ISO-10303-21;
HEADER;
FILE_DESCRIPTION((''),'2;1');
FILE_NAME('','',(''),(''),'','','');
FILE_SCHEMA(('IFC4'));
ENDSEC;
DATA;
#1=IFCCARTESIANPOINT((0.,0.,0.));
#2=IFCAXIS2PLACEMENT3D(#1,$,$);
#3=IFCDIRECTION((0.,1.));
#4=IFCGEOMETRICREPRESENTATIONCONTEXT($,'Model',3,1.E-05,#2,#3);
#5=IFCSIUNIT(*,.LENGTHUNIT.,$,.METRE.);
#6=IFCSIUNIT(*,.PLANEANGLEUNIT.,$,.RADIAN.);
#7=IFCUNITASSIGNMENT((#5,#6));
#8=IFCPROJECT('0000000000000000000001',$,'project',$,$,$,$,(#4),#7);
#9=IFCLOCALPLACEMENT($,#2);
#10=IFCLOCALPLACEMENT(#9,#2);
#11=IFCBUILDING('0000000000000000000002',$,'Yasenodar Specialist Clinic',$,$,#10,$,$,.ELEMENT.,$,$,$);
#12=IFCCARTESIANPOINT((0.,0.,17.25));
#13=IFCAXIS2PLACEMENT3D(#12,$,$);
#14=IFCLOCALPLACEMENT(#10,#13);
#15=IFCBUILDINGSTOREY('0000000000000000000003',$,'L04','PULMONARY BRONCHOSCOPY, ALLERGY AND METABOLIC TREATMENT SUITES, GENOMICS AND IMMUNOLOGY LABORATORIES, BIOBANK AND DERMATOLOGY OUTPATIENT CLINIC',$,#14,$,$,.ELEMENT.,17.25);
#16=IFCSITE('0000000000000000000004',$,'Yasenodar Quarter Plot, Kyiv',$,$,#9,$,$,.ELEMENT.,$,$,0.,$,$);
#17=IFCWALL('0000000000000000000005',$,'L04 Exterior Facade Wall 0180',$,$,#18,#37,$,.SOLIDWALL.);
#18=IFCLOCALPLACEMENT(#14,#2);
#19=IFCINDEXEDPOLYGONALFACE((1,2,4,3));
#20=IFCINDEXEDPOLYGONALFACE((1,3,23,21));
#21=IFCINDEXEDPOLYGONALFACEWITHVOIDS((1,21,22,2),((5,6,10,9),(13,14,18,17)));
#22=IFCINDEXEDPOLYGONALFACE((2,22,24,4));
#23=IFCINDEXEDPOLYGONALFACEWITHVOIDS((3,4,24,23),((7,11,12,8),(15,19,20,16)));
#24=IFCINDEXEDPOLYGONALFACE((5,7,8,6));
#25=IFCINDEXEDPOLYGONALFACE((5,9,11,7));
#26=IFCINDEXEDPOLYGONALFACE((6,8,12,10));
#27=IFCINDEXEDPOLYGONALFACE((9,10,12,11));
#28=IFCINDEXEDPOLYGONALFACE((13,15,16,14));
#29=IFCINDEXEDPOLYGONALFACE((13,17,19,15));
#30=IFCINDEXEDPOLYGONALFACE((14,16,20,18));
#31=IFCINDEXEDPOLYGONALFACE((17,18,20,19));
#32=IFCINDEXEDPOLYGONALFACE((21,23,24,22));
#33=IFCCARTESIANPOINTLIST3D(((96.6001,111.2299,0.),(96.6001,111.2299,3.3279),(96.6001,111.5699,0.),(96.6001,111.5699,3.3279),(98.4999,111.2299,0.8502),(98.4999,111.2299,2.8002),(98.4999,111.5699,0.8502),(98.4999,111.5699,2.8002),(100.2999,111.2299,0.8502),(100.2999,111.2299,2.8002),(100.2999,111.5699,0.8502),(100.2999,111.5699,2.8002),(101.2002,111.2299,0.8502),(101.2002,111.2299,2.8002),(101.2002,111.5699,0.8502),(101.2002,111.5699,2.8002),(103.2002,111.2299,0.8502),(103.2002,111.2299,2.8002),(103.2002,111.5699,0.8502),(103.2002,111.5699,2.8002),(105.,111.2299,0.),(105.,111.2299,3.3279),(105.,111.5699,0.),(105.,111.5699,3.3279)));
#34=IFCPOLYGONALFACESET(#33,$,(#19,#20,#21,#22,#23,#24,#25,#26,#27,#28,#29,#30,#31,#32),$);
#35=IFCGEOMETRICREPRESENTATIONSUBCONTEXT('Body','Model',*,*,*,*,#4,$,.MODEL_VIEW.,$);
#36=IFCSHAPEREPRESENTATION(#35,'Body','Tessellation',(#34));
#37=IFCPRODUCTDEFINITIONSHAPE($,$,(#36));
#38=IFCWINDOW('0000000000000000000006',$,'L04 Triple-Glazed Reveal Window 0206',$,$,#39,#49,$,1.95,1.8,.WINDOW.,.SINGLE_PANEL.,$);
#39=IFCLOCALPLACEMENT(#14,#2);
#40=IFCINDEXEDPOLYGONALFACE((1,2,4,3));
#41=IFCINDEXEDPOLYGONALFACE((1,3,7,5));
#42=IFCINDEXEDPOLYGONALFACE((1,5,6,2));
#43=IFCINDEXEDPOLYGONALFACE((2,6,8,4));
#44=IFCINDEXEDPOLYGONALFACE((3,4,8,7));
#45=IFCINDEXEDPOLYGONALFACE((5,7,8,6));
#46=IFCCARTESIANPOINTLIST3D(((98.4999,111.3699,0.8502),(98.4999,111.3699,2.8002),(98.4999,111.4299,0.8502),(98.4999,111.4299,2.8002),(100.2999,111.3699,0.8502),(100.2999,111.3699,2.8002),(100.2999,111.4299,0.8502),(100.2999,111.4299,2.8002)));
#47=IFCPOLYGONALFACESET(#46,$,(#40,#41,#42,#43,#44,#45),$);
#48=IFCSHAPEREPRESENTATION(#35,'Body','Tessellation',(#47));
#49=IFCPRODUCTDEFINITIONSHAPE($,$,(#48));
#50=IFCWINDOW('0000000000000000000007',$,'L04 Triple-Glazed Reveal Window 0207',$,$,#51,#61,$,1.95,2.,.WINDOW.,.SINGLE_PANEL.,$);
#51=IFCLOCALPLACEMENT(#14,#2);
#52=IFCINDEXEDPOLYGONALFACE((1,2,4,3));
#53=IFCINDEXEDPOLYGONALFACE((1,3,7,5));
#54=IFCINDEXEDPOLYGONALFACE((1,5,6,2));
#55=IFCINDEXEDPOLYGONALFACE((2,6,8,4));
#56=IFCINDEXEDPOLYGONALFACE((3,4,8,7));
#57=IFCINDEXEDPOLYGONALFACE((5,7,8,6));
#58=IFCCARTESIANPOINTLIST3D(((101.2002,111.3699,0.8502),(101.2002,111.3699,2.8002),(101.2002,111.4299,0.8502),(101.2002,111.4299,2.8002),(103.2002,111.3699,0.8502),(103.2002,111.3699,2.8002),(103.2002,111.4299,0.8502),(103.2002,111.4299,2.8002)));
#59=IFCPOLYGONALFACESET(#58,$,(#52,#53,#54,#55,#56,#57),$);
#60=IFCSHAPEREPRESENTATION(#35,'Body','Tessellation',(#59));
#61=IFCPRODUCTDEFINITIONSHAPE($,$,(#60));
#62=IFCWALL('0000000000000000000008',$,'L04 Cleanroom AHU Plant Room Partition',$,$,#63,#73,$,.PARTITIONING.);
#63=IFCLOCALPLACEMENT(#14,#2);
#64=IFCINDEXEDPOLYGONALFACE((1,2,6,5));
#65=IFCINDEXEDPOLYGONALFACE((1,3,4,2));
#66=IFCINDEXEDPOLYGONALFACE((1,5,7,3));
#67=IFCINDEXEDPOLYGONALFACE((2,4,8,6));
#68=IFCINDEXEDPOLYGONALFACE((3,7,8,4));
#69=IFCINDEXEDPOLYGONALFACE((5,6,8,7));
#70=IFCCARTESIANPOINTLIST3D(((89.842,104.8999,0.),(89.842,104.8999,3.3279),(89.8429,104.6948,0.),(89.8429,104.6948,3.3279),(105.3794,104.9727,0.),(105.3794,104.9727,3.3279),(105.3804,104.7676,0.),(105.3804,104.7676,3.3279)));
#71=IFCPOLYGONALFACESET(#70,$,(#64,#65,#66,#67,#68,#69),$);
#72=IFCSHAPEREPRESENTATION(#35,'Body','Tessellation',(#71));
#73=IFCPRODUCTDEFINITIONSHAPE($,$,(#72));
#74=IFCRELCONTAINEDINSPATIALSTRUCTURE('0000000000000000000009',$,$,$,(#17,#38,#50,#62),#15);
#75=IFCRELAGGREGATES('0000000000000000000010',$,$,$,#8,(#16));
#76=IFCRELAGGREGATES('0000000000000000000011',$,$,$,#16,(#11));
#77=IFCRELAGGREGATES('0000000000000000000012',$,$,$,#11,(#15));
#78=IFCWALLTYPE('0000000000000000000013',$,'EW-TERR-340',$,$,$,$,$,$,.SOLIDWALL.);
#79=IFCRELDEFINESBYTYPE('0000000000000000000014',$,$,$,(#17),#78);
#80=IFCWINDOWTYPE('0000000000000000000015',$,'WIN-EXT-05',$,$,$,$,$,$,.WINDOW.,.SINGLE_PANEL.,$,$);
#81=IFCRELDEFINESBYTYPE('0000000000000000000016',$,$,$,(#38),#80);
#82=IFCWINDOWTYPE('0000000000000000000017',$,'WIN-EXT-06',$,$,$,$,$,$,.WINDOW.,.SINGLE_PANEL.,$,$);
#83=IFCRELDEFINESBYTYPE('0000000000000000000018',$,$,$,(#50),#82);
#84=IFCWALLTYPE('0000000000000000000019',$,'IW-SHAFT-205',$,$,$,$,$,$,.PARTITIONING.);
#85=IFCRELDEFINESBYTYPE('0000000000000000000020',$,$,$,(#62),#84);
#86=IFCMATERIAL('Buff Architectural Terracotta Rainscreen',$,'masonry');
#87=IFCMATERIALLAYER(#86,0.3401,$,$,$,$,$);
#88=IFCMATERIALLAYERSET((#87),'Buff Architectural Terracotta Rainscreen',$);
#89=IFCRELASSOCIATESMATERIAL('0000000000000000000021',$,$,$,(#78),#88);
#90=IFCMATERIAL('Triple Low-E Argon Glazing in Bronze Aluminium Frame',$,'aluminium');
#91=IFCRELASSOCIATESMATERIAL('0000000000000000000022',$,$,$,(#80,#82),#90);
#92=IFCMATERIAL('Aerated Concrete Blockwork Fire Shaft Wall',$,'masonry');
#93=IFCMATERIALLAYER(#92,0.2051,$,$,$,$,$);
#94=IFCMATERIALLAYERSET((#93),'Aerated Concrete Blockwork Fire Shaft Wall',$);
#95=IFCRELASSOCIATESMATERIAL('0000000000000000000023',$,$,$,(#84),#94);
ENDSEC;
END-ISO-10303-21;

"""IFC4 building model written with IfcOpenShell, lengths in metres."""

from ifc_helpers import new_model, si_unit, direction, frame, frame_2d, origin, place, context, subcontext, project, spatial, rectangle, extrude, material, layer, layer_set, type_object, element, fill, save


model = new_model("IFC4")

# Units and contexts
model_context = context("Model", 3, precision=1e-05, world=origin(), true_north=direction((0.0, 1.0)))
body_context = subcontext(model_context, "Body", "Model", "MODEL_VIEW")
ifc_project = project(units=[si_unit("LENGTHUNIT", "METRE"), si_unit("PLANEANGLEUNIT", "RADIAN")], contexts=[model_context])

# Site, building, storey
site_placement = place(None, origin())
site = spatial("IfcSite", under=ifc_project, at=site_placement, Name="Yasenodar Quarter Plot, Kyiv", CompositionType="ELEMENT", RefElevation=0.0)
building_placement = place(site_placement, origin())
building = spatial("IfcBuilding", under=site, at=building_placement, Name="Yasenodar Specialist Clinic", CompositionType="ELEMENT")
storey_placement = place(building_placement, frame((0.0, 0.0, 17.25)))
storey = spatial("IfcBuildingStorey", under=building, at=storey_placement, Name="L04", Description="PULMONARY BRONCHOSCOPY, ALLERGY AND METABOLIC TREATMENT SUITES, GENOMICS AND IMMUNOLOGY LABORATORIES, BIOBANK AND DERMATOLOGY OUTPATIENT CLINIC", CompositionType="ELEMENT", Elevation=17.25)

# Wall, openings, windows
ifc_material_1 = material(Name="Buff Architectural Terracotta Rainscreen", Category="masonry")
ifc_layer_1 = layer(ifc_material_1, 0.3401)
ifc_layer_set_1 = layer_set([ifc_layer_1], Name="Buff Architectural Terracotta Rainscreen")
wall_type_1 = type_object("IfcWallType", Name="EW-TERR-340", PredefinedType="SOLIDWALL", material=ifc_layer_set_1)
ifc_material_2 = material(Name="Triple Low-E Argon Glazing in Bronze Aluminium Frame", Category="aluminium")
window_type_1 = type_object("IfcWindowType", Name="WIN-EXT-05", PartitioningType="SINGLE_PANEL", PredefinedType="WINDOW", material=ifc_material_2)
window_type_2 = type_object("IfcWindowType", Name="WIN-EXT-06", PartitioningType="SINGLE_PANEL", PredefinedType="WINDOW", material=ifc_material_2)
wall_1_placement = place(storey_placement, frame((96.6001, 111.3999, 0.0), z_axis=(0.0, 0.0, 1.0), x_axis=(1.0, 0.0, 0.0)))
wall_1 = element("IfcWall", 1, at=wall_1_placement, inside=storey, type_object=wall_type_1, Name="L04 Exterior Facade Wall 0180", PredefinedType="SOLIDWALL", context=body_context, shape_type="SweptSolid", body=[
    extrude(rectangle(XDim=8.3999, YDim=0.3401, at=frame_2d((4.2, 0.0))), origin(), (0.0, 0.0, 1.0), 3.3279),
])
opening_1_placement = place(wall_1_placement, frame((1.8999, 0.0, 0.8501)))
opening_1 = element("IfcOpeningElement", 2, at=opening_1_placement, cuts=wall_1, PredefinedType="OPENING", context=body_context, shape_type="SweptSolid", body=[
    extrude(rectangle(XDim=1.8, YDim=1.95, at=frame_2d((0.8999, 0.9751))), frame((0.0, 0.1802, 0.0), z_axis=(0.0, -1.0, 0.0), x_axis=(1.0, 0.0, 0.0)), (0.0, 0.0, 1.0), 0.3601),
])
opening_2_placement = place(wall_1_placement, frame((4.6001, 0.0, 0.8501)))
opening_2 = element("IfcOpeningElement", 3, at=opening_2_placement, cuts=wall_1, PredefinedType="OPENING", context=body_context, shape_type="SweptSolid", body=[
    extrude(rectangle(XDim=2.0, YDim=1.95, at=frame_2d((1.0, 0.9751))), frame((0.0, 0.1802, 0.0), z_axis=(0.0, -1.0, 0.0), x_axis=(1.0, 0.0, 0.0)), (0.0, 0.0, 1.0), 0.3601),
])
window_1_placement = place(opening_1_placement, origin())
window_1 = element("IfcWindow", 4, at=window_1_placement, inside=storey, type_object=window_type_1, Name="L04 Triple-Glazed Reveal Window 0206", OverallHeight=1.95, OverallWidth=1.8, PartitioningType="SINGLE_PANEL", PredefinedType="WINDOW", context=body_context, shape_type="SweptSolid", body=[
    extrude(rectangle(XDim=1.8, YDim=1.95, at=frame_2d((0.8999, 0.9751))), frame((0.0, 0.03, 0.0), z_axis=(0.0, -1.0, 0.0), x_axis=(1.0, 0.0, 0.0)), (0.0, 0.0, 1.0), 0.0601),
])
fill(opening_1, window_1)
window_2_placement = place(opening_2_placement, origin())
window_2 = element("IfcWindow", 5, at=window_2_placement, inside=storey, type_object=window_type_2, Name="L04 Triple-Glazed Reveal Window 0207", OverallHeight=1.95, OverallWidth=2.0, PartitioningType="SINGLE_PANEL", PredefinedType="WINDOW", context=body_context, shape_type="SweptSolid", body=[
    extrude(rectangle(XDim=2.0, YDim=1.95, at=frame_2d((1.0, 0.9751))), frame((0.0, 0.03, 0.0), z_axis=(0.0, -1.0, 0.0), x_axis=(1.0, 0.0, 0.0)), (0.0, 0.0, 1.0), 0.0601),
])
fill(opening_2, window_2)

# Wall
ifc_material_3 = material(Name="Aerated Concrete Blockwork Fire Shaft Wall", Category="masonry")
ifc_layer_2 = layer(ifc_material_3, 0.2051)
ifc_layer_set_2 = layer_set([ifc_layer_2], Name="Aerated Concrete Blockwork Fire Shaft Wall")
wall_type_2 = type_object("IfcWallType", Name="IW-SHAFT-205", PredefinedType="PARTITIONING", material=ifc_layer_set_2)
wall_2_placement = place(storey_placement, frame((105.3799, 104.8701, 0.0), z_axis=(0.0, 0.0, 1.0), x_axis=(-0.999989, -0.004682, 0.0)))
element("IfcWall", 6, at=wall_2_placement, inside=storey, type_object=wall_type_2, Name="L04 Cleanroom AHU Plant Room Partition", PredefinedType="PARTITIONING", context=body_context, shape_type="SweptSolid", body=[
    extrude(rectangle(XDim=15.5376, YDim=0.2051, at=frame_2d((7.7688, 0.0))), origin(), (0.0, 0.0, 1.0), 3.3279),
])

save(model, "model.ifc")
